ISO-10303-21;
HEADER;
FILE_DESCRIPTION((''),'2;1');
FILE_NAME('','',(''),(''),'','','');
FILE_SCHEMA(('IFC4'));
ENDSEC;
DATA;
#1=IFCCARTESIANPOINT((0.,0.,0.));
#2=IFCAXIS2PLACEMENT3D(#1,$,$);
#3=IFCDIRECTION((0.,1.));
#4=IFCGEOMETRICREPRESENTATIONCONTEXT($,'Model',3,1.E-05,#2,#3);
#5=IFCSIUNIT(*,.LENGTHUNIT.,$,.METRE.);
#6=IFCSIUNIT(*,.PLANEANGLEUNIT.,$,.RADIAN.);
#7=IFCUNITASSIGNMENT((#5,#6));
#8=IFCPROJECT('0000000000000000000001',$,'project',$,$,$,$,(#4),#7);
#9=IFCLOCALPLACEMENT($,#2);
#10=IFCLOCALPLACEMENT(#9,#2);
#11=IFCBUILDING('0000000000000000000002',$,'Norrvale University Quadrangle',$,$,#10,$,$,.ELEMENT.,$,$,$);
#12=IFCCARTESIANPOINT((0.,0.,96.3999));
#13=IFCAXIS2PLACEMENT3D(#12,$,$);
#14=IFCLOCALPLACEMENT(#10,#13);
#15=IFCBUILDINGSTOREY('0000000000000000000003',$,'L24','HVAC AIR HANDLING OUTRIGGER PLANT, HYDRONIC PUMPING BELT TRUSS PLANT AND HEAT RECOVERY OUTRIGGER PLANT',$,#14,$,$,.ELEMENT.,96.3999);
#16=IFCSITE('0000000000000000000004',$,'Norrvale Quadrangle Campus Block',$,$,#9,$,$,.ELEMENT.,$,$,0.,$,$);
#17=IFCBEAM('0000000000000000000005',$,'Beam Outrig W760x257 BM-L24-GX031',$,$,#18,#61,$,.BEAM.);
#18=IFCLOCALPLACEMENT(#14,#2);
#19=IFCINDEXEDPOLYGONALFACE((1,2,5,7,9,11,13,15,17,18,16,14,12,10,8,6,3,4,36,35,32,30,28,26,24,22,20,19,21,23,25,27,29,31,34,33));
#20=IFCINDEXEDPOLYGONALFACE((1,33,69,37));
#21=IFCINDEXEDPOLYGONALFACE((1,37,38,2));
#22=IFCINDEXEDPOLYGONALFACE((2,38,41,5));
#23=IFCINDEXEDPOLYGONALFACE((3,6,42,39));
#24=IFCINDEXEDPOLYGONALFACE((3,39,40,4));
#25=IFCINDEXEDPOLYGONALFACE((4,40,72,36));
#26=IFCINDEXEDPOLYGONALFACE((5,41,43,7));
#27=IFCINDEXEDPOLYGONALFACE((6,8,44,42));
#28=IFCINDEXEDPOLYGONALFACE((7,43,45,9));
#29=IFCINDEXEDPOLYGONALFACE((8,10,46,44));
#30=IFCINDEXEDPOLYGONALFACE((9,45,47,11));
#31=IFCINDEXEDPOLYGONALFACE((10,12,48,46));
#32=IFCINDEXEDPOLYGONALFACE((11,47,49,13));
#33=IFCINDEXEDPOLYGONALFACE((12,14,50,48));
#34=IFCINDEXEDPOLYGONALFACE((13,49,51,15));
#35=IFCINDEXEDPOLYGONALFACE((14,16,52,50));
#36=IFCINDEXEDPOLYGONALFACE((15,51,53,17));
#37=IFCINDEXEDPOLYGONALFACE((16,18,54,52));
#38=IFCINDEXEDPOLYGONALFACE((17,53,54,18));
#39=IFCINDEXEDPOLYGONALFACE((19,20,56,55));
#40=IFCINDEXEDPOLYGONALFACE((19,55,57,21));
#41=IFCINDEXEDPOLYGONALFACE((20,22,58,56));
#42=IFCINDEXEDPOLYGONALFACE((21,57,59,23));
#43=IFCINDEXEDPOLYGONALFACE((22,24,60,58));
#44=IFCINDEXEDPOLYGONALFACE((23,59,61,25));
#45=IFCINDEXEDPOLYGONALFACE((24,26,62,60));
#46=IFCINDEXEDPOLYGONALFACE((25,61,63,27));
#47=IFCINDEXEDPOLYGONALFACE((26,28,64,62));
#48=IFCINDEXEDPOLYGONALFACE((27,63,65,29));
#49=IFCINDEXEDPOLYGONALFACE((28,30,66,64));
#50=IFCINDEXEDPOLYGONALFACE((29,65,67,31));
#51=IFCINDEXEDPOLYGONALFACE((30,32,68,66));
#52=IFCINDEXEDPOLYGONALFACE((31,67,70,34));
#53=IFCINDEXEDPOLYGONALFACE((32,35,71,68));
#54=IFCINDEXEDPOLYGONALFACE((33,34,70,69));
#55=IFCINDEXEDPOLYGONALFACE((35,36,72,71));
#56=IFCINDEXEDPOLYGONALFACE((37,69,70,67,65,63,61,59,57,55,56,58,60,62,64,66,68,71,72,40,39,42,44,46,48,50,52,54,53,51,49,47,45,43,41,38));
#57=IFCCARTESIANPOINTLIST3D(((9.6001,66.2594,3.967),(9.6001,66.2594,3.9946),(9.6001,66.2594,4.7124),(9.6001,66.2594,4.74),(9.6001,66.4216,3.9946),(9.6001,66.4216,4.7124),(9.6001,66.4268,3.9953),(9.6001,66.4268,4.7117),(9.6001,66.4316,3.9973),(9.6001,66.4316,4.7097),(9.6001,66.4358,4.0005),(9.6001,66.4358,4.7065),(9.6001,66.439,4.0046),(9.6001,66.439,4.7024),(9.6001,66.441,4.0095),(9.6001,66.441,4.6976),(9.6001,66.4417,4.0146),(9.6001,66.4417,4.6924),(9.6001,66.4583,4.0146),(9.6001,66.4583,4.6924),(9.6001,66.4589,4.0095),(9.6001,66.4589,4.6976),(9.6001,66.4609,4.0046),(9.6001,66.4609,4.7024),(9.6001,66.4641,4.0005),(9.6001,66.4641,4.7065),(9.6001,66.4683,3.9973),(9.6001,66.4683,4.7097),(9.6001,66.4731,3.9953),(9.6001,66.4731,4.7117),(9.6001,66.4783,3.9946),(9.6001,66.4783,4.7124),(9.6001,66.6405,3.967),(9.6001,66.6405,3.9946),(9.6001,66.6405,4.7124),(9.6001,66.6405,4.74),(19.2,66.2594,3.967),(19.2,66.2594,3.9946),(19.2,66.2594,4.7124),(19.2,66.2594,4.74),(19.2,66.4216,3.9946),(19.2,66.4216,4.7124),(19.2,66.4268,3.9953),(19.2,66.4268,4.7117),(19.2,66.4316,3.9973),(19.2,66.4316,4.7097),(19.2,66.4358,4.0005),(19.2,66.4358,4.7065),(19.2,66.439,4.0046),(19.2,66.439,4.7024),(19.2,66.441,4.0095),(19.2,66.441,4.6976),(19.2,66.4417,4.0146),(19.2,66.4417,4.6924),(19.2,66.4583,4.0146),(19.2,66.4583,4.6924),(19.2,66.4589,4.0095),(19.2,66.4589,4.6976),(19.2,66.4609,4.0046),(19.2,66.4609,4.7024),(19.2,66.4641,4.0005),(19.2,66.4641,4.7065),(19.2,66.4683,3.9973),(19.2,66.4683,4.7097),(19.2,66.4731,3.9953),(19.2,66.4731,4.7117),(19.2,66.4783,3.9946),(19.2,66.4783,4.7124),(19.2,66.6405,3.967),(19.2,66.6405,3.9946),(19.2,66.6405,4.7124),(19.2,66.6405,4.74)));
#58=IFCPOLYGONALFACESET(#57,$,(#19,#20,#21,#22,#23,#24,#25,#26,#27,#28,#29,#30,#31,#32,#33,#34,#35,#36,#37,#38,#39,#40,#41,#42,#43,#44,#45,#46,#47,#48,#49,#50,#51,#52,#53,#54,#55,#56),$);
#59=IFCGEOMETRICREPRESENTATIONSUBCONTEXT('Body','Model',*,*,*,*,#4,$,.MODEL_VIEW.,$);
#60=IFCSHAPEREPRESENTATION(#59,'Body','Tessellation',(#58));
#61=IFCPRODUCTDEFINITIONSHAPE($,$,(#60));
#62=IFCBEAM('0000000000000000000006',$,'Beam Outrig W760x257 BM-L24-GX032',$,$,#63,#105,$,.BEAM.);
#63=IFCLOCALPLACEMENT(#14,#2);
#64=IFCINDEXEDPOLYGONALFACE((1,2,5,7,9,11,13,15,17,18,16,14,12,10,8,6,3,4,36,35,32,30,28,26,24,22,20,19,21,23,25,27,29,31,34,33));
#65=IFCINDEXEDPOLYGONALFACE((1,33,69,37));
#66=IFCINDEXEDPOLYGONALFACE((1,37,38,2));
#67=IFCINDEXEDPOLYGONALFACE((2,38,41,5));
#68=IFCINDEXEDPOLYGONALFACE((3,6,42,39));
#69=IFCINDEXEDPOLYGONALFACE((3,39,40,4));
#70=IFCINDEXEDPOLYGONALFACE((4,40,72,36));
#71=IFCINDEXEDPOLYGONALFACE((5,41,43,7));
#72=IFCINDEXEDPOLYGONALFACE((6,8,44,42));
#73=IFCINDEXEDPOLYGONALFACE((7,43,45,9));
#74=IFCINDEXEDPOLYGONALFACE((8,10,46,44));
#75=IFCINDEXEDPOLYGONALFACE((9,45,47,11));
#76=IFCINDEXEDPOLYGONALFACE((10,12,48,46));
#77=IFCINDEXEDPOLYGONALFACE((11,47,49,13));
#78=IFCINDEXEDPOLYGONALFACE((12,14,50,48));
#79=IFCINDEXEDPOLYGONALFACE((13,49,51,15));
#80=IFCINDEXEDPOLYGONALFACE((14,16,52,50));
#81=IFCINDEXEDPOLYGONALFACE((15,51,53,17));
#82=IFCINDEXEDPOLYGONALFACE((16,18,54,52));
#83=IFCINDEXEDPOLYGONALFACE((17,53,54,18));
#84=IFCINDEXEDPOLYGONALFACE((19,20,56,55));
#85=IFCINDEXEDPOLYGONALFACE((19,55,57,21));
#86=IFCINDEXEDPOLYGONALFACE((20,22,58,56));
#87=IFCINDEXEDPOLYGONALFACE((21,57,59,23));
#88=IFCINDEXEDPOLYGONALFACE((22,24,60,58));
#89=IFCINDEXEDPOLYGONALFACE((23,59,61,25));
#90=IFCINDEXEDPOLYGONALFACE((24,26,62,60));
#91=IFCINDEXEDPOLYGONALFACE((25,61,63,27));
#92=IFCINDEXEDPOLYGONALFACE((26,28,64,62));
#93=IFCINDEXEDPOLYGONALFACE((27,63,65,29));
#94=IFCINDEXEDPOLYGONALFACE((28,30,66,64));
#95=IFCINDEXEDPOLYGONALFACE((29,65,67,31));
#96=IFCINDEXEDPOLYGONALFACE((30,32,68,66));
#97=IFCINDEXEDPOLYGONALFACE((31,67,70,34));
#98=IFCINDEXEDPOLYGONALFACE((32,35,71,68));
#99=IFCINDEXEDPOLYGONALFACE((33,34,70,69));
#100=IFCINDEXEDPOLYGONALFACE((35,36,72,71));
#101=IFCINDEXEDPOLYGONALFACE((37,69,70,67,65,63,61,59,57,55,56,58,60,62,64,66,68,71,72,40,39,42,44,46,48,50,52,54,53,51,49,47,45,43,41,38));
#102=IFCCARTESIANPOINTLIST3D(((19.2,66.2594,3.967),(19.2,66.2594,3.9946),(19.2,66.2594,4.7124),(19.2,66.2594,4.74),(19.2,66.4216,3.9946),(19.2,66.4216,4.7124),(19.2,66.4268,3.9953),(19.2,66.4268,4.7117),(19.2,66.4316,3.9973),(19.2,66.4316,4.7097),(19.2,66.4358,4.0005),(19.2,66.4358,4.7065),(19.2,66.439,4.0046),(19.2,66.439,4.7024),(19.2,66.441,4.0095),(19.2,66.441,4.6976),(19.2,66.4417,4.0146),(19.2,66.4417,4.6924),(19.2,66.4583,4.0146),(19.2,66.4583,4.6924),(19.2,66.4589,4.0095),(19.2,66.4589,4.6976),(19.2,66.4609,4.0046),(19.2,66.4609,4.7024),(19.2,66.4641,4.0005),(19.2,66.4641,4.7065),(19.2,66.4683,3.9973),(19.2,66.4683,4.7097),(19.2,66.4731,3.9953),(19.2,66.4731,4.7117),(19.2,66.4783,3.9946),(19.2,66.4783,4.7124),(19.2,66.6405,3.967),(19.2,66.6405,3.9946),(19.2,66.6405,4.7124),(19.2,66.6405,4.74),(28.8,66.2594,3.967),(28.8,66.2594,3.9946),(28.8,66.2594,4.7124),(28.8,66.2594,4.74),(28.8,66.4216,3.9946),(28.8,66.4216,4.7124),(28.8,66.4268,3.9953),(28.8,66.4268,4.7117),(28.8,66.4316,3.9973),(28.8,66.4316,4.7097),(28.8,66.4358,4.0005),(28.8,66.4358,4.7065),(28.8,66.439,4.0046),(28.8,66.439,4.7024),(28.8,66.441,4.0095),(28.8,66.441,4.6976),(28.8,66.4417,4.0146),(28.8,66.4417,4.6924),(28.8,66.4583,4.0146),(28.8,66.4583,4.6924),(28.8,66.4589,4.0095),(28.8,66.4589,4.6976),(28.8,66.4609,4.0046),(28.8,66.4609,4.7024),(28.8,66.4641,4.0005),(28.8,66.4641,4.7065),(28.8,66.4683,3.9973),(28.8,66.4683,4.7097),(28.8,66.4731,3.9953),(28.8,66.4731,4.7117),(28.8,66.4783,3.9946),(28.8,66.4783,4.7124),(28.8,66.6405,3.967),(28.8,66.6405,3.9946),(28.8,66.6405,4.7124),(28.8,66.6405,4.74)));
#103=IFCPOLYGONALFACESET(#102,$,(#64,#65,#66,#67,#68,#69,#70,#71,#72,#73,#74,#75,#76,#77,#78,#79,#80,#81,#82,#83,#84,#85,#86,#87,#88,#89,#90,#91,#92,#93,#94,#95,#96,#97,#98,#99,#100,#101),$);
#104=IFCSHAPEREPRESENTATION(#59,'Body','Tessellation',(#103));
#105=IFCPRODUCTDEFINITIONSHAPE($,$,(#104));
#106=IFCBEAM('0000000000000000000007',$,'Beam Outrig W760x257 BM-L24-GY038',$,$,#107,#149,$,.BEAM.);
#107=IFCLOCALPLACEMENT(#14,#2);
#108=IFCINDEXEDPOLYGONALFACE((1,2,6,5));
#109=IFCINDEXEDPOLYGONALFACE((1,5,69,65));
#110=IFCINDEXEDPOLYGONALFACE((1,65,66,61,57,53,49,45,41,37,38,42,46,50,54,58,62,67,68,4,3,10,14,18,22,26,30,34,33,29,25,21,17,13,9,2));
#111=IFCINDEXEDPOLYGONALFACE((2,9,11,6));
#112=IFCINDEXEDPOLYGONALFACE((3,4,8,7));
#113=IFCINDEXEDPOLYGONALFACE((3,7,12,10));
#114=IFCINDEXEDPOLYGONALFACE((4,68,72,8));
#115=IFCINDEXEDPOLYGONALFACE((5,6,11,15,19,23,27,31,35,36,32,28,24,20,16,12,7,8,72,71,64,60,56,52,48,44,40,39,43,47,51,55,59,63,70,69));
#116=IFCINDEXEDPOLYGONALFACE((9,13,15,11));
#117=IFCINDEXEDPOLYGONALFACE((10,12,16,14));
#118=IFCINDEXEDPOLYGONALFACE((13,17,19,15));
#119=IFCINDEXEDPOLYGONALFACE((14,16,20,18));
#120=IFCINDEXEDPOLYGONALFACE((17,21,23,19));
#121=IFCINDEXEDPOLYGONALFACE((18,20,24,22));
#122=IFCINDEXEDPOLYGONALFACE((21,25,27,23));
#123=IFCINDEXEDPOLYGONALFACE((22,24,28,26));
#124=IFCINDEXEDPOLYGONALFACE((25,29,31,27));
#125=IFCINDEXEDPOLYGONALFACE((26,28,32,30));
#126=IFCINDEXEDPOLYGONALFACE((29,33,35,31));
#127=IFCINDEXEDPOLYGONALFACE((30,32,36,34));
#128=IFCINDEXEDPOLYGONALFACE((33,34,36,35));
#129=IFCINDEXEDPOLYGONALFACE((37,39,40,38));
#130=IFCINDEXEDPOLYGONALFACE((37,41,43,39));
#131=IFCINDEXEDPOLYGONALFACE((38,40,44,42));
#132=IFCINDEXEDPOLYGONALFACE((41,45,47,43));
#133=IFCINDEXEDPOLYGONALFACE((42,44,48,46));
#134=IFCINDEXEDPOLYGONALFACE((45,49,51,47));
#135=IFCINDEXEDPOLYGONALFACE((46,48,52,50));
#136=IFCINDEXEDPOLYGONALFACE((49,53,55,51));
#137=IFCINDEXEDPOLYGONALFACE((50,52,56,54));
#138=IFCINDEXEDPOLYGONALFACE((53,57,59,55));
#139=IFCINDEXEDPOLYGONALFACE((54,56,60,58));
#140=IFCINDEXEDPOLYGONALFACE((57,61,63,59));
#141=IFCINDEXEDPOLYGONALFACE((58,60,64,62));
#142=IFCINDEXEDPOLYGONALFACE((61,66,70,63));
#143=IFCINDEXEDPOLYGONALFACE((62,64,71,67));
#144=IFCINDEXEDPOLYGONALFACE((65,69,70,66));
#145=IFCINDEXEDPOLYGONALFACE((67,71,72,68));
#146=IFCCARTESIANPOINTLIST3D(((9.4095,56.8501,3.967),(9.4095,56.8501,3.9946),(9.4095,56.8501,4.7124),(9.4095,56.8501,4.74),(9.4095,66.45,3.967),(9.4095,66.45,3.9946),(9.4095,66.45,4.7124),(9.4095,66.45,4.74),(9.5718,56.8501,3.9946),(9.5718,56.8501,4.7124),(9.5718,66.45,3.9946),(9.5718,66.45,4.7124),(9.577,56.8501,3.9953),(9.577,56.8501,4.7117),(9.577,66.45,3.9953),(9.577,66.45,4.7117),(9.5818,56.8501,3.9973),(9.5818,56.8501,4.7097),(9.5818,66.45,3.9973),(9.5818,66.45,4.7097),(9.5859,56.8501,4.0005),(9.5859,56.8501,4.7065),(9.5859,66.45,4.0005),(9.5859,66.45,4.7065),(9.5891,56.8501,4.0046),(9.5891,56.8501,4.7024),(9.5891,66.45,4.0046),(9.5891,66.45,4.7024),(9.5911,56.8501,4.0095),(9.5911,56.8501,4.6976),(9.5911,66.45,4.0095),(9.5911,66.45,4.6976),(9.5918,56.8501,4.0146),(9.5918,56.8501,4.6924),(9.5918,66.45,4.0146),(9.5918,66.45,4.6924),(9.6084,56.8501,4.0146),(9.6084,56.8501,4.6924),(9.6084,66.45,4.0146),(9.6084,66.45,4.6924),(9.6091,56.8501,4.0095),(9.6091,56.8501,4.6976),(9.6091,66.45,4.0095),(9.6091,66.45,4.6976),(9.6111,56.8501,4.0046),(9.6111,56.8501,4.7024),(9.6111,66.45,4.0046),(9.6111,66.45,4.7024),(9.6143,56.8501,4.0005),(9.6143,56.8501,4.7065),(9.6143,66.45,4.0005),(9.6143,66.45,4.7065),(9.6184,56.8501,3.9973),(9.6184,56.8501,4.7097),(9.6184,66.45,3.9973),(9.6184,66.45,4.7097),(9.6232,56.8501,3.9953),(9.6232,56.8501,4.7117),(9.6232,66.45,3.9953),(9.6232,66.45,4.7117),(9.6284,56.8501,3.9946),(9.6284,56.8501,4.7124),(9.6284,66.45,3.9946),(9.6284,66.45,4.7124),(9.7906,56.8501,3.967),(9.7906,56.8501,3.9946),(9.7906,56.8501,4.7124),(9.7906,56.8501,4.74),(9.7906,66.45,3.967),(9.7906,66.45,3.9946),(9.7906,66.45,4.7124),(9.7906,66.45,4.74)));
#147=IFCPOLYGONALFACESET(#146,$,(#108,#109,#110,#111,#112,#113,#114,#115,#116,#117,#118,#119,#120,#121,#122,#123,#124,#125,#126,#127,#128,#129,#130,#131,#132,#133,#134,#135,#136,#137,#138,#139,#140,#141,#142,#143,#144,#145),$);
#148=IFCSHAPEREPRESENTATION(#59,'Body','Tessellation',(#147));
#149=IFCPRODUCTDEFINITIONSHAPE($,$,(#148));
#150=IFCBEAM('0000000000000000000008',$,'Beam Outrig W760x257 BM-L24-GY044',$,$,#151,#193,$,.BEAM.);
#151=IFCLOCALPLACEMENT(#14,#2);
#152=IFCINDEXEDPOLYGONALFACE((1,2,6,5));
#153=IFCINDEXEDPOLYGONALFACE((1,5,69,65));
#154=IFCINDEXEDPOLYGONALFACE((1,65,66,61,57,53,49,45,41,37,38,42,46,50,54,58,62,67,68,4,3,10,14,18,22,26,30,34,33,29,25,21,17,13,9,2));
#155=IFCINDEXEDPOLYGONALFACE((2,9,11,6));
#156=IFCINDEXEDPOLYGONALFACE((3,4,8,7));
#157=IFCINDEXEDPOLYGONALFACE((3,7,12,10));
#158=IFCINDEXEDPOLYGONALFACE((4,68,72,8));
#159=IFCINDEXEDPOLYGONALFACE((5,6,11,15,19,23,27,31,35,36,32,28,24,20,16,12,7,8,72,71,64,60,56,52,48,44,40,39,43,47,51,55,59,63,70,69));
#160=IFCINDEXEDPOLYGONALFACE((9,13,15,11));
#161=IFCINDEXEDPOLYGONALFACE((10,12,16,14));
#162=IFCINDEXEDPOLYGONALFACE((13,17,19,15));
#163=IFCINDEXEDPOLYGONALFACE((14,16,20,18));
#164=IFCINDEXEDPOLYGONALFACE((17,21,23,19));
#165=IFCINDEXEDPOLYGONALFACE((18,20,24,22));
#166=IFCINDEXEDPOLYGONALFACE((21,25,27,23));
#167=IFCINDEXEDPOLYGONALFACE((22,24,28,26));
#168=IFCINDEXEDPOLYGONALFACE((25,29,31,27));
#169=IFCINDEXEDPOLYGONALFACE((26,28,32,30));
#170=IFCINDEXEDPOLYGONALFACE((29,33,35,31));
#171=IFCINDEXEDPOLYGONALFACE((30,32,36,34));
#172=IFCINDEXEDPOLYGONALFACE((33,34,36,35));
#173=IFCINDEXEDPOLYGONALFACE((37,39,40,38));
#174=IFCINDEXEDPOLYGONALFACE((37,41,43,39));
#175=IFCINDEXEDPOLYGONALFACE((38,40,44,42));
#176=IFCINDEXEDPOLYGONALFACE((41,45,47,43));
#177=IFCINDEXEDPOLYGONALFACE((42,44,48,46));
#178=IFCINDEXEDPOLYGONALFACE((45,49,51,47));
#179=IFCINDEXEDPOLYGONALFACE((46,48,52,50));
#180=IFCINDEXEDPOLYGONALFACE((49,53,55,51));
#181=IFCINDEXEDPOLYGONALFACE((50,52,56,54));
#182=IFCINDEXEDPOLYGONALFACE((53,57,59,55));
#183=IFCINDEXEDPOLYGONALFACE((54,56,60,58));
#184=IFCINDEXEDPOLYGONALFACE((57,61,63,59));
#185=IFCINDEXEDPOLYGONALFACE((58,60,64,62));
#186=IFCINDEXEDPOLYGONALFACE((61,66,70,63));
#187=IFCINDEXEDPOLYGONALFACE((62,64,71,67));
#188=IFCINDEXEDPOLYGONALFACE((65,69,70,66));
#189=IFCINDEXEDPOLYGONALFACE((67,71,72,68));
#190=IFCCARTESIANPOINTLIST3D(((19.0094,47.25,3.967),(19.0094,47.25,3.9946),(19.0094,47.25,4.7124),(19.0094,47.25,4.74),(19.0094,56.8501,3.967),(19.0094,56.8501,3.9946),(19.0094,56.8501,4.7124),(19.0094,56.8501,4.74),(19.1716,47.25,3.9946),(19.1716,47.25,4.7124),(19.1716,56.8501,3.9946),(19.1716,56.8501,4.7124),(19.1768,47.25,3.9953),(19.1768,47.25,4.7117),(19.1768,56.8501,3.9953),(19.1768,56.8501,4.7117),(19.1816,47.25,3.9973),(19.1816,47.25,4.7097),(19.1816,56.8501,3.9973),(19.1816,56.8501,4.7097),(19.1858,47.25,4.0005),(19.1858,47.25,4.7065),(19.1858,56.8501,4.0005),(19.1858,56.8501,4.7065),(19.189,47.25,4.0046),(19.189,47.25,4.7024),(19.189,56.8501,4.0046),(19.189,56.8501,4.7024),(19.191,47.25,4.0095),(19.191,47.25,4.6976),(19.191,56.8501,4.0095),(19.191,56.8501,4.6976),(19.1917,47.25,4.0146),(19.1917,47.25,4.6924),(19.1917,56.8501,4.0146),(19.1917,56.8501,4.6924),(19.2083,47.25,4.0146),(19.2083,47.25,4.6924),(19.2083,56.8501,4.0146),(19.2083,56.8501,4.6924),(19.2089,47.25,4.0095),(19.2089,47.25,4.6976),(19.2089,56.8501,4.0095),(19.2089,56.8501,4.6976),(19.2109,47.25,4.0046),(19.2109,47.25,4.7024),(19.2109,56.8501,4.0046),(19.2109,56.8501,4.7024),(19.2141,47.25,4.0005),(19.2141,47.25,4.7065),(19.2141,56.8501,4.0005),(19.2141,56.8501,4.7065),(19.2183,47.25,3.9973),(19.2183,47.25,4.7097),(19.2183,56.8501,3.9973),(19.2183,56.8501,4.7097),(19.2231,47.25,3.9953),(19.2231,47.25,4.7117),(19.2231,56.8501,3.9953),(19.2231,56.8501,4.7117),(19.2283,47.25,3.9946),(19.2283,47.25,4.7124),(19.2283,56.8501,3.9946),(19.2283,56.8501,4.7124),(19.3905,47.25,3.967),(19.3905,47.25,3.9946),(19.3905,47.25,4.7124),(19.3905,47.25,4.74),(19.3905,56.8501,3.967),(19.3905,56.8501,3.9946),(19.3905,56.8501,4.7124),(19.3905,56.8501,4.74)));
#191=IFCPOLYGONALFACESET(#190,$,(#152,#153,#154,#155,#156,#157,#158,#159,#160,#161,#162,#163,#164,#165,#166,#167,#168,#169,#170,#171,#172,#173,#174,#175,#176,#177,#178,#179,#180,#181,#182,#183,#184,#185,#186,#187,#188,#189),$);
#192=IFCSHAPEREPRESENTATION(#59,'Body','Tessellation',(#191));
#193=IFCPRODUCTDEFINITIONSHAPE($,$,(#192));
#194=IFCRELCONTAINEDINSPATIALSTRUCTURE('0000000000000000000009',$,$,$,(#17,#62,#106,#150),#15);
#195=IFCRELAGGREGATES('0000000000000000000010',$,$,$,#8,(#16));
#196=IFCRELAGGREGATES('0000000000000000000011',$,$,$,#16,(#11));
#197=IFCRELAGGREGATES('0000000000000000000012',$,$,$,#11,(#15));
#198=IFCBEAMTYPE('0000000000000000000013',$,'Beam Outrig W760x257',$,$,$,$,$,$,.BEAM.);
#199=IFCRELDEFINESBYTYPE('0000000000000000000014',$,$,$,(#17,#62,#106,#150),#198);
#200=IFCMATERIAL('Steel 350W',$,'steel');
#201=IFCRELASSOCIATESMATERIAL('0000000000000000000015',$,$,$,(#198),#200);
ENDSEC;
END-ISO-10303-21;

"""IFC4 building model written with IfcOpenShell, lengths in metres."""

from ifc_helpers import new_model, si_unit, direction, frame, origin, origin_2d, place, context, subcontext, project, spatial, i_section, extrude, material, material_profile, profile_set, type_object, element, save


model = new_model("IFC4")

# Units and contexts
model_context = context("Model", 3, precision=1e-05, world=origin(), true_north=direction((0.0, 1.0)))
body_context = subcontext(model_context, "Body", "Model", "MODEL_VIEW")
ifc_project = project(units=[si_unit("LENGTHUNIT", "METRE"), si_unit("PLANEANGLEUNIT", "RADIAN")], contexts=[model_context])

# Site, building, storey
site_placement = place(None, origin())
site = spatial("IfcSite", under=ifc_project, at=site_placement, Name="Norrvale Quadrangle Campus Block", CompositionType="ELEMENT", RefElevation=0.0)
building_placement = place(site_placement, origin())
building = spatial("IfcBuilding", under=site, at=building_placement, Name="Norrvale University Quadrangle", CompositionType="ELEMENT")
storey_placement = place(building_placement, frame((0.0, 0.0, 96.3999)))
storey = spatial("IfcBuildingStorey", under=building, at=storey_placement, Name="L24", Description="HVAC AIR HANDLING OUTRIGGER PLANT, HYDRONIC PUMPING BELT TRUSS PLANT AND HEAT RECOVERY OUTRIGGER PLANT", CompositionType="ELEMENT", Elevation=96.3999)

# Beams
ifc_material_1 = material(Name="Steel 350W", Category="steel")
ifc_material_profile_1 = material_profile(ifc_material_1, i_section(OverallWidth=0.3811, OverallDepth=0.7729, WebThickness=0.0166, FlangeThickness=0.0276, FilletRadius=0.02, at=origin_2d()), Name="Steel 350W")
ifc_profile_set_1 = profile_set([ifc_material_profile_1], Name="Steel 350W")
beam_type_1 = type_object("IfcBeamType", Name="Beam Outrig W760x257", PredefinedType="BEAM", material=ifc_profile_set_1)
beam_1_placement = place(storey_placement, frame((9.6001, 66.45, 4.3535), z_axis=(1.0, 0.0, 0.0), x_axis=(0.0, 1.0, 0.0)))
element("IfcBeam", 1, at=beam_1_placement, inside=storey, type_object=beam_type_1, Name="Beam Outrig W760x257 BM-L24-GX031", PredefinedType="BEAM", context=body_context, shape_type="SweptSolid", body=[
    extrude(i_section(OverallWidth=0.3811, OverallDepth=0.7729, WebThickness=0.0166, FlangeThickness=0.0276, FilletRadius=0.02, at=origin_2d()), origin(), (0.0, 0.0, 1.0), 9.5999),
])
beam_2_placement = place(storey_placement, frame((19.2, 66.45, 4.3535), z_axis=(1.0, 0.0, 0.0), x_axis=(0.0, 1.0, 0.0)))
element("IfcBeam", 2, at=beam_2_placement, inside=storey, type_object=beam_type_1, Name="Beam Outrig W760x257 BM-L24-GX032", PredefinedType="BEAM", context=body_context, shape_type="SweptSolid", body=[
    extrude(i_section(OverallWidth=0.3811, OverallDepth=0.7729, WebThickness=0.0166, FlangeThickness=0.0276, FilletRadius=0.02, at=origin_2d()), origin(), (0.0, 0.0, 1.0), 9.6001),
])
beam_3_placement = place(storey_placement, frame((9.6001, 56.8501, 4.3535), z_axis=(0.0, 1.0, 0.0), x_axis=(-1.0, 0.0, 0.0)))
element("IfcBeam", 3, at=beam_3_placement, inside=storey, type_object=beam_type_1, Name="Beam Outrig W760x257 BM-L24-GY038", PredefinedType="BEAM", context=body_context, shape_type="SweptSolid", body=[
    extrude(i_section(OverallWidth=0.3811, OverallDepth=0.7729, WebThickness=0.0166, FlangeThickness=0.0276, FilletRadius=0.02, at=origin_2d()), origin(), (0.0, 0.0, 1.0), 9.5999),
])
beam_4_placement = place(storey_placement, frame((19.2, 47.25, 4.3535), z_axis=(0.0, 1.0, 0.0), x_axis=(-1.0, 0.0, 0.0)))
element("IfcBeam", 4, at=beam_4_placement, inside=storey, type_object=beam_type_1, Name="Beam Outrig W760x257 BM-L24-GY044", PredefinedType="BEAM", context=body_context, shape_type="SweptSolid", body=[
    extrude(i_section(OverallWidth=0.3811, OverallDepth=0.7729, WebThickness=0.0166, FlangeThickness=0.0276, FilletRadius=0.02, at=origin_2d()), origin(), (0.0, 0.0, 1.0), 9.6001),
])

save(model, "model.ifc")
